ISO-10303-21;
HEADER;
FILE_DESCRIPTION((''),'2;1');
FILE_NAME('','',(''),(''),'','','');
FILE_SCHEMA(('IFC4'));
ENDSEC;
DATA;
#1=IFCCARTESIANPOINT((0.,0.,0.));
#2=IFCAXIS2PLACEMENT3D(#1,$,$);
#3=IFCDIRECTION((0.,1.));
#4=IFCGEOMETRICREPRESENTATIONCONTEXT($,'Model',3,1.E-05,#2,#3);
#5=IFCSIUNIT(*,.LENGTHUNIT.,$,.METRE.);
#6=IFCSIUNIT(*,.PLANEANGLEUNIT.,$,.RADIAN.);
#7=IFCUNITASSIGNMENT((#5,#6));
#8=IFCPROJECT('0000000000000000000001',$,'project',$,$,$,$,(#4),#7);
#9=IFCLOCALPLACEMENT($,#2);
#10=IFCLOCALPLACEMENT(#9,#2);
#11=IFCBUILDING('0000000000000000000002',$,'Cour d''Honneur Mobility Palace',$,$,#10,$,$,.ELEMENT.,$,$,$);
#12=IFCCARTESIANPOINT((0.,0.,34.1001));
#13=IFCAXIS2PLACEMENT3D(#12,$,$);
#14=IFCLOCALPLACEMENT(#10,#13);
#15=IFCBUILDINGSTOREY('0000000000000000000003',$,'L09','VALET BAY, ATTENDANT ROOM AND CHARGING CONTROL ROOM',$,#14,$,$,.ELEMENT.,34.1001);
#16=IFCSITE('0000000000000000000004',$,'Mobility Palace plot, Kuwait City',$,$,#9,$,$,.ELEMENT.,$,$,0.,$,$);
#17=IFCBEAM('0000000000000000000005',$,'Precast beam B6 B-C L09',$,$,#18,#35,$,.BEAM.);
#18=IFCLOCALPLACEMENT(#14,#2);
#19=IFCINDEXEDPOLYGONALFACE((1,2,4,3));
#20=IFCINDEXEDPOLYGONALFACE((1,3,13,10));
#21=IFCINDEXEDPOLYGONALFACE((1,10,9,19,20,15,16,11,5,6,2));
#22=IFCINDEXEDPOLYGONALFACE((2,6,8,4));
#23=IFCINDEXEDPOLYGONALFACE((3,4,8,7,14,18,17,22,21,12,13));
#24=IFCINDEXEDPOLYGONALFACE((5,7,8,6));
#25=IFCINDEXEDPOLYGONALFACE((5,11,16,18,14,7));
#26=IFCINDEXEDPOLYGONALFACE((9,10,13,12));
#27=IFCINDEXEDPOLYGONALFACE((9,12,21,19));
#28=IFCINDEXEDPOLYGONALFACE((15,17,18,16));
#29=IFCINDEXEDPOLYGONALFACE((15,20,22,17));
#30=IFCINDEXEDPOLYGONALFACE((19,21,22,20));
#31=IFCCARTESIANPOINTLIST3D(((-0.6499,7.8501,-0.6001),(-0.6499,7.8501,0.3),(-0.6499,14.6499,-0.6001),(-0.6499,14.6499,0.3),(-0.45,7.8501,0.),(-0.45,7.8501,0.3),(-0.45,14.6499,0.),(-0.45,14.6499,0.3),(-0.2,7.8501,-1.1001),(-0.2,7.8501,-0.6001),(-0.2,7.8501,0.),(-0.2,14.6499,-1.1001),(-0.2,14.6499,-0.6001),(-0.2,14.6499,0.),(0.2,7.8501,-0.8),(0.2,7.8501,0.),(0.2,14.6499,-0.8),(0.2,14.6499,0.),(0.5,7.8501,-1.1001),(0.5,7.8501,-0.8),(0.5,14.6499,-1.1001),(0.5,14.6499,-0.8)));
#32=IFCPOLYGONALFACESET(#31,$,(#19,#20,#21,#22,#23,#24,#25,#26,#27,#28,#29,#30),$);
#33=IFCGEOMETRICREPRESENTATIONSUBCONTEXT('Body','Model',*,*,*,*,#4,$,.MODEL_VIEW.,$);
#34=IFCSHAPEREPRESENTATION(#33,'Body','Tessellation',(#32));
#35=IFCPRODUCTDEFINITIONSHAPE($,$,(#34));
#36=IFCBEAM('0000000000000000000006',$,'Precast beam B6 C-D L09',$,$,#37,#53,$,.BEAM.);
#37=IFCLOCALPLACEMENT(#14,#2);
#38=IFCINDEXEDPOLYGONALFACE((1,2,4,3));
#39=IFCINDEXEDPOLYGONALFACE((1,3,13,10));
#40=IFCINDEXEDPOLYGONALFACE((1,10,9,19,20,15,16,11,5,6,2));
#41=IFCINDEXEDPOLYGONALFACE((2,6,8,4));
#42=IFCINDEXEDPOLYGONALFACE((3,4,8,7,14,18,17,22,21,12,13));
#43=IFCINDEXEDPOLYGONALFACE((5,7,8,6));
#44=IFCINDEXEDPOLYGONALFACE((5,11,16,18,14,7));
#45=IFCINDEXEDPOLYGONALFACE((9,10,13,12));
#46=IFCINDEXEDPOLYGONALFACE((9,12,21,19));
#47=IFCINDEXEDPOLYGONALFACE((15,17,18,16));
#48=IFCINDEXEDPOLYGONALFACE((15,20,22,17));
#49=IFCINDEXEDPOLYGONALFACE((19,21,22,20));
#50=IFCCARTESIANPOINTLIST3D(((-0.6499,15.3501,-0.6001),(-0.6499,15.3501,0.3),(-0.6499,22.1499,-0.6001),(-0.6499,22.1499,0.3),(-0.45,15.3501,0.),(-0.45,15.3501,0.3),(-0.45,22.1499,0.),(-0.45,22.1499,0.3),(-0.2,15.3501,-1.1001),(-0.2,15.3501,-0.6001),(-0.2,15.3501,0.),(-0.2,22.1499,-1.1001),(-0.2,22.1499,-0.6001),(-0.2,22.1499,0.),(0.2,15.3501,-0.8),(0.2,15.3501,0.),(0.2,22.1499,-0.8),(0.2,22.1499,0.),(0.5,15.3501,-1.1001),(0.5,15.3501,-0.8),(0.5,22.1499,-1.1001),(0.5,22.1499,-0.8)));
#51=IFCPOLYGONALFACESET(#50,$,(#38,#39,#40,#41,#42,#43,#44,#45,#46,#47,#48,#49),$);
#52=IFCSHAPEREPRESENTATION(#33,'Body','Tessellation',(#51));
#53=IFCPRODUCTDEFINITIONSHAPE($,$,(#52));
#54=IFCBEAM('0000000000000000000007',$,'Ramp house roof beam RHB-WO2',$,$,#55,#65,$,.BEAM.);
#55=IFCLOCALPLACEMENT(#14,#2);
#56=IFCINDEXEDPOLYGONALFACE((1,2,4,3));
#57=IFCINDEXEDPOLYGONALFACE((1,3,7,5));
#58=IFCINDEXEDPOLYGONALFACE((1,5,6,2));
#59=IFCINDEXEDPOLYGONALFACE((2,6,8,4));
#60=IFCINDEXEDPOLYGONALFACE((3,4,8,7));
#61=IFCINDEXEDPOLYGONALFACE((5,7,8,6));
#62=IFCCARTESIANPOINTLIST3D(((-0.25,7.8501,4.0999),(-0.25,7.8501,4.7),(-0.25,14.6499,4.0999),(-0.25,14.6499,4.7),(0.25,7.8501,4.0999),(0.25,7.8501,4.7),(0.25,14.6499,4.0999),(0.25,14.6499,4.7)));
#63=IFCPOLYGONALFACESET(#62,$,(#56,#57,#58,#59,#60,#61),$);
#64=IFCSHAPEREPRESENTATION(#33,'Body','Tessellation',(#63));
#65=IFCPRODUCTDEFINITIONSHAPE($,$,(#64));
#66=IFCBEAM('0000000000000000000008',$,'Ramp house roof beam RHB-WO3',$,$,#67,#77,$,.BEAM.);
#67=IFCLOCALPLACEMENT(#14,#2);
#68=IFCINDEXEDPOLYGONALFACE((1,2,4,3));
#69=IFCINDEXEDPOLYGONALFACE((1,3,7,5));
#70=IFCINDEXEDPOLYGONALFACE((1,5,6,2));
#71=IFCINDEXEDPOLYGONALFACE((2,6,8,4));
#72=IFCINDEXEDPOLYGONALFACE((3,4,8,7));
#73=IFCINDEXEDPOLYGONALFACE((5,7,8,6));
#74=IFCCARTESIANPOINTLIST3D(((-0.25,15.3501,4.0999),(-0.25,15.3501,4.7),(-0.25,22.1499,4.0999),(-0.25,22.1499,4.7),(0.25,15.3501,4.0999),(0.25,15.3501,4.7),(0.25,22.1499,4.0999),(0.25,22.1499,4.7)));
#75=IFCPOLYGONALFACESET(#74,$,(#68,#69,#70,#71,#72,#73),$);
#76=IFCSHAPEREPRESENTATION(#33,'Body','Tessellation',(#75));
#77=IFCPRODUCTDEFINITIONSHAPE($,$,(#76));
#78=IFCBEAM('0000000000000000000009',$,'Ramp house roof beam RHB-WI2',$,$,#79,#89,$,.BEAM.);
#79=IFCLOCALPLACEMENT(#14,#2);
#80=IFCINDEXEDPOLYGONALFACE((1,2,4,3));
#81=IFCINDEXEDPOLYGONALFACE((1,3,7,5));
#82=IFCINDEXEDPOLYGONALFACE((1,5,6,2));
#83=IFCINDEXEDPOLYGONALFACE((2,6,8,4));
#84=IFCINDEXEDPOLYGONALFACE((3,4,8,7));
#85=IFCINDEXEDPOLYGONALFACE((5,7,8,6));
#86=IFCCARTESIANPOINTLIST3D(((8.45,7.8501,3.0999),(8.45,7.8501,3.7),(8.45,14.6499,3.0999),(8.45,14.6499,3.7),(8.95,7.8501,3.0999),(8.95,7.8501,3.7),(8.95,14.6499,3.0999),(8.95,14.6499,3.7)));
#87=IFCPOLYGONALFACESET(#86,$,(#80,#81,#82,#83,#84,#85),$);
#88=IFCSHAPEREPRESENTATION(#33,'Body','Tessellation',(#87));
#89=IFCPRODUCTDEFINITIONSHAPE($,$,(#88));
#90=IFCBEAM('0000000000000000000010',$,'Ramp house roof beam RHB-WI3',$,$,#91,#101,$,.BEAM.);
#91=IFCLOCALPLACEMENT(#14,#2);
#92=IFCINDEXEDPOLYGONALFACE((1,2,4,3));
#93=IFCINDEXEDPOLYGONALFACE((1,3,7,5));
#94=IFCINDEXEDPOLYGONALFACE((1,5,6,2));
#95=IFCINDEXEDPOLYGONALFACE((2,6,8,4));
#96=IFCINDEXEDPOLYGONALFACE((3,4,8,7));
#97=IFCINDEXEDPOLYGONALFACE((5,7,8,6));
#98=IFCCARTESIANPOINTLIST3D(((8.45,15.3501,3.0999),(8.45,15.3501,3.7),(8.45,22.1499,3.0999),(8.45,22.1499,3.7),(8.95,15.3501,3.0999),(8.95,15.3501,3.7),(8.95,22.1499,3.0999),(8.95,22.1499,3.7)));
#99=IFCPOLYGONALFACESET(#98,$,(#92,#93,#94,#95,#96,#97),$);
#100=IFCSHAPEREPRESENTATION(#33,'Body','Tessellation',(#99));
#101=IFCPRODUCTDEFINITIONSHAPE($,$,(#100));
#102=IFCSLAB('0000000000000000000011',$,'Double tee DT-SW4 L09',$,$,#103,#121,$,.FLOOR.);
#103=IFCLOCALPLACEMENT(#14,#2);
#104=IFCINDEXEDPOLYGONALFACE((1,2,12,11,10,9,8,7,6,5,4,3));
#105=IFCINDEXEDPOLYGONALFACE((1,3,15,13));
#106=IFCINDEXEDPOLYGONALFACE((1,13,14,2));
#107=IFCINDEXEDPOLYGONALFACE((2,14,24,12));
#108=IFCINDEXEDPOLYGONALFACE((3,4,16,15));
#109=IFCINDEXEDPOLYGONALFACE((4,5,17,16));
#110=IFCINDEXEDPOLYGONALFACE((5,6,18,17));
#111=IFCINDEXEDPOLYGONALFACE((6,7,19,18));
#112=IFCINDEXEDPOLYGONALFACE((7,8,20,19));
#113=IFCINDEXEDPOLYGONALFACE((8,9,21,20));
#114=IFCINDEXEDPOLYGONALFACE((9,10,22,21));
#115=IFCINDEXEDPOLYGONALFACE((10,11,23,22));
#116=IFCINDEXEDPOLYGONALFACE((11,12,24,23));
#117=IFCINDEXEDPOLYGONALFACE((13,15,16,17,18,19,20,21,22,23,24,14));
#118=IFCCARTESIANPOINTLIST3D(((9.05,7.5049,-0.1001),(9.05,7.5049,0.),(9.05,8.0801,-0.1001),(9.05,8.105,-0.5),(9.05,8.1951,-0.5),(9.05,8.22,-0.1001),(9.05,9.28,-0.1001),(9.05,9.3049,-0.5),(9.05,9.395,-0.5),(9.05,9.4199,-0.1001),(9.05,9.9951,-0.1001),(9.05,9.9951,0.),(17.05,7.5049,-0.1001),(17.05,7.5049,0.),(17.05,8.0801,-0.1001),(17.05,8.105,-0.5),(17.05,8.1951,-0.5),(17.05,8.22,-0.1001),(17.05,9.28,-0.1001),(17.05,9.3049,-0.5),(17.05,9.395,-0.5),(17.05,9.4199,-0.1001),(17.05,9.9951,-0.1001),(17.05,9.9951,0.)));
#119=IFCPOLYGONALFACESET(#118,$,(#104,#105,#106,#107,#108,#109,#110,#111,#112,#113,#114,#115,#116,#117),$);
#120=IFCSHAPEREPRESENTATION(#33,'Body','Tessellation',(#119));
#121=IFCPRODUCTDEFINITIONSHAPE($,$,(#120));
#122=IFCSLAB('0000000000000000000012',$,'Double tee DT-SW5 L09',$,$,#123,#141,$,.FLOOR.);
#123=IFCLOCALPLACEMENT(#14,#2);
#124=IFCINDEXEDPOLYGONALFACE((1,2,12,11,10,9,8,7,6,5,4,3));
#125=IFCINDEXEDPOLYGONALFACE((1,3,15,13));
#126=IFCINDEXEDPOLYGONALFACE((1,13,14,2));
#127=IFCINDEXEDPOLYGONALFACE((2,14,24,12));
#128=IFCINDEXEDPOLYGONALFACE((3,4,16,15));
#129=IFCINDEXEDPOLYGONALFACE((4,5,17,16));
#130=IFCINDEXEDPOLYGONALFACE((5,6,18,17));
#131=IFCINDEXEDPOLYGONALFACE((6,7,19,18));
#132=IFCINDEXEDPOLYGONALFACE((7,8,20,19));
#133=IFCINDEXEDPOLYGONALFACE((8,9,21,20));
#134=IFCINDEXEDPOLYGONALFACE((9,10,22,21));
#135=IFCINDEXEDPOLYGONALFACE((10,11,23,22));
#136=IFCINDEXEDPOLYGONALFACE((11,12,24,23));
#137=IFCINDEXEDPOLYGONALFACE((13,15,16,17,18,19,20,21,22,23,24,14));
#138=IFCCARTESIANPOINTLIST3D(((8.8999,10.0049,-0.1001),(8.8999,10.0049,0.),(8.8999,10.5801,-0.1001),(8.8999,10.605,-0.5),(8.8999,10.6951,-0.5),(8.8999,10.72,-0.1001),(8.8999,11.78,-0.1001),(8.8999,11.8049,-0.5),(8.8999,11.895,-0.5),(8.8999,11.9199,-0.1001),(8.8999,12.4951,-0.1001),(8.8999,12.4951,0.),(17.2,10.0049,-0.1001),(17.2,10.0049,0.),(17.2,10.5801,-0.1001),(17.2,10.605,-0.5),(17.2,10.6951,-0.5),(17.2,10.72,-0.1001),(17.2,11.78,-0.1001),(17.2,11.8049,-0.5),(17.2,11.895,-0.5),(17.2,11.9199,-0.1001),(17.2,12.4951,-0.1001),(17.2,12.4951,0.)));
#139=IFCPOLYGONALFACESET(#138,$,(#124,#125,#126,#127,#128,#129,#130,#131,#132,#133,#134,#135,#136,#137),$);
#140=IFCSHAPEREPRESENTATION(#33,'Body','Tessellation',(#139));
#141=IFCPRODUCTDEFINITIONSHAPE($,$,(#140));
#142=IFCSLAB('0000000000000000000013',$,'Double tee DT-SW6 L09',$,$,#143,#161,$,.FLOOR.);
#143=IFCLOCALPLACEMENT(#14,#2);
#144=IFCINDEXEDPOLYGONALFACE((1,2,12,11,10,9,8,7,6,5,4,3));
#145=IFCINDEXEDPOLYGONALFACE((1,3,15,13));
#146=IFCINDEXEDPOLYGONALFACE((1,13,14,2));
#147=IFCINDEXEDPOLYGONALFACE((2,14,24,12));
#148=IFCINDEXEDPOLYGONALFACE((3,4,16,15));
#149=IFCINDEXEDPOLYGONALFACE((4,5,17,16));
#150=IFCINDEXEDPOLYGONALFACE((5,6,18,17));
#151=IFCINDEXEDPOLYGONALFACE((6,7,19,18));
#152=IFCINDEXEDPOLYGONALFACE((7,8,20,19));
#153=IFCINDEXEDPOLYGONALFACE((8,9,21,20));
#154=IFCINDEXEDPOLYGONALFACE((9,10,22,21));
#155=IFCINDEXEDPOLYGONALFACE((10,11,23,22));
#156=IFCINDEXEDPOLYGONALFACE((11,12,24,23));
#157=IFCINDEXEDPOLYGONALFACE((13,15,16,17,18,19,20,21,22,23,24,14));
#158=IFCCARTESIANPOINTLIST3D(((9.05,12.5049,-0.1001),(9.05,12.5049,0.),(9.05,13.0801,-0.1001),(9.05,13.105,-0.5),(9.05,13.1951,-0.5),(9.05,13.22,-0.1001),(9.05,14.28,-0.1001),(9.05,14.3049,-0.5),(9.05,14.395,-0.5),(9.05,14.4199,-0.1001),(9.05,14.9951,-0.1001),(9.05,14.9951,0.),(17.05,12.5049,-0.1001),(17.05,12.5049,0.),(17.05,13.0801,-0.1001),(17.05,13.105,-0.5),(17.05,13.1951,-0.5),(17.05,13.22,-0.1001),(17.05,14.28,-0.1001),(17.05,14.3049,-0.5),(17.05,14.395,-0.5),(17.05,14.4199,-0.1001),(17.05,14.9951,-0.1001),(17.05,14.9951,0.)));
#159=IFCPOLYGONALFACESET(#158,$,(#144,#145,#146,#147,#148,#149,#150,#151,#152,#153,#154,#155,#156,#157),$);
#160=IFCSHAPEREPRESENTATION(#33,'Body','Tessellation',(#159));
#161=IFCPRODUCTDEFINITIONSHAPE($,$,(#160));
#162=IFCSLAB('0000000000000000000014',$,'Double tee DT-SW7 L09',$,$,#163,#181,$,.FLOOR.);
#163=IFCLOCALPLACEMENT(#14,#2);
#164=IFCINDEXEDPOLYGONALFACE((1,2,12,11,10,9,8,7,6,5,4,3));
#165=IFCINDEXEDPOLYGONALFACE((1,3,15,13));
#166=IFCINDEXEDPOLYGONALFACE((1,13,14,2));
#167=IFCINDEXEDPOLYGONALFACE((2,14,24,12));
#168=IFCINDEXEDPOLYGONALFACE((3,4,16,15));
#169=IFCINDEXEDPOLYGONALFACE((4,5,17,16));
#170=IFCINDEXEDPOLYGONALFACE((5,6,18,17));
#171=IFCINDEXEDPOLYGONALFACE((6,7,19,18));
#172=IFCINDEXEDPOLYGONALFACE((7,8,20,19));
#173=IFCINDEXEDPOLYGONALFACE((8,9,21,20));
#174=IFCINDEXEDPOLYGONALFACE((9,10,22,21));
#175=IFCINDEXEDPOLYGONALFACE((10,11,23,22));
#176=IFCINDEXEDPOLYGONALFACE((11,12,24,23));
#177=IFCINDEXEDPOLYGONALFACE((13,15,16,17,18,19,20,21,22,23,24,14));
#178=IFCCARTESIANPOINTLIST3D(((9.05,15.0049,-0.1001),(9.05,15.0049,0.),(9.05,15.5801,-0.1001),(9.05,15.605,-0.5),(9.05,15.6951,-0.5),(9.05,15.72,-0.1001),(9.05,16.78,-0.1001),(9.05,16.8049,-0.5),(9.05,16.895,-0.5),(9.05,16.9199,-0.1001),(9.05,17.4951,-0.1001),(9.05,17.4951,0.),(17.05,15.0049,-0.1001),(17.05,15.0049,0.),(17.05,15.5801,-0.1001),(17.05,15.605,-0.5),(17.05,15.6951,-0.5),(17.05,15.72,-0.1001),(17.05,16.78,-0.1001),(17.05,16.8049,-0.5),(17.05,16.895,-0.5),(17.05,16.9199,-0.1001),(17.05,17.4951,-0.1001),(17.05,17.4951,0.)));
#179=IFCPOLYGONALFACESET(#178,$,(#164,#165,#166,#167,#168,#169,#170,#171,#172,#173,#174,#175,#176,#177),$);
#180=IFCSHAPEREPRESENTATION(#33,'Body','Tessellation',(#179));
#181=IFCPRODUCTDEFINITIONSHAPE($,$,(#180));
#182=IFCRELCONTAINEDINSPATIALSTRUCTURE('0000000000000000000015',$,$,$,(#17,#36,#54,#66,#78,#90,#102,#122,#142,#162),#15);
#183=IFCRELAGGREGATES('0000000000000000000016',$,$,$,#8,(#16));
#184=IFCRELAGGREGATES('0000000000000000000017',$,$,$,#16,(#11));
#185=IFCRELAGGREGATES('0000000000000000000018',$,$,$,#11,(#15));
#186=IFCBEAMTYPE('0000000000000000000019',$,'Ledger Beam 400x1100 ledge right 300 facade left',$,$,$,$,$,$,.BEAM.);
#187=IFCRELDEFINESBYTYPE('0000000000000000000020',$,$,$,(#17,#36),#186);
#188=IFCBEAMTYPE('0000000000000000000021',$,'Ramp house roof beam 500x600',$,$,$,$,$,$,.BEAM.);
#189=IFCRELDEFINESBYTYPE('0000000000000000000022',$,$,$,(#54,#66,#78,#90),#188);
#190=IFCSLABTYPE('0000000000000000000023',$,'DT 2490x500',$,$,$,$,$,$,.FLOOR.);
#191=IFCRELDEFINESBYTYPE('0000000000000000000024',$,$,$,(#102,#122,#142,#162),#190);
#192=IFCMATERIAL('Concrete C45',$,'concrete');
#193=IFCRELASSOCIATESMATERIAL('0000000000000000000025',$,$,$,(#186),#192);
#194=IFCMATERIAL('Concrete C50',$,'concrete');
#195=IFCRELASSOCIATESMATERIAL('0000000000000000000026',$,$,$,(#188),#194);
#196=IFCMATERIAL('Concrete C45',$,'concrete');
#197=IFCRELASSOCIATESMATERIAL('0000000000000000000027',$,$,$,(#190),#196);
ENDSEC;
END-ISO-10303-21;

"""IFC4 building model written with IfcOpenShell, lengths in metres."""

from ifc_helpers import new_model, si_unit, direction, frame, origin, origin_2d, place, context, subcontext, project, spatial, polyline, rectangle, outline, extrude, material, material_profile, profile_set, type_object, element, save


model = new_model("IFC4")

# Units and contexts
model_context = context("Model", 3, precision=1e-05, world=origin(), true_north=direction((0.0, 1.0)))
body_context = subcontext(model_context, "Body", "Model", "MODEL_VIEW")
ifc_project = project(units=[si_unit("LENGTHUNIT", "METRE"), si_unit("PLANEANGLEUNIT", "RADIAN")], contexts=[model_context])

# Site, building, storey
site_placement = place(None, origin())
site = spatial("IfcSite", under=ifc_project, at=site_placement, Name="Mobility Palace plot, Kuwait City", CompositionType="ELEMENT", RefElevation=0.0)
building_placement = place(site_placement, origin())
building = spatial("IfcBuilding", under=site, at=building_placement, Name="Cour d'Honneur Mobility Palace", CompositionType="ELEMENT")
storey_placement = place(building_placement, frame((0.0, 0.0, 34.1001)))
storey = spatial("IfcBuildingStorey", under=building, at=storey_placement, Name="L09", Description="VALET BAY, ATTENDANT ROOM AND CHARGING CONTROL ROOM", CompositionType="ELEMENT", Elevation=34.1001)

# Beams
ifc_material_1 = material(Name="Concrete C45", Category="concrete")
ifc_material_profile_1 = material_profile(ifc_material_1, outline(polyline([(0.2, -1.1001), (0.2, -0.6001), (0.6499, -0.6001), (0.6499, 0.3), (0.45, 0.3), (0.45, 0.0), (0.2, 0.0), (-0.2, 0.0), (-0.2, -0.8), (-0.5, -0.8), (-0.5, -1.1001), (0.2, -1.1001)])), Name="Ledger Beam 400x1100 ledge right 300 facade left")
ifc_profile_set_1 = profile_set([ifc_material_profile_1], Name="Concrete C45")
beam_type_1 = type_object("IfcBeamType", Name="Ledger Beam 400x1100 ledge right 300 facade left", PredefinedType="BEAM", material=ifc_profile_set_1)
for number, where, z_axis, x_axis, name in (
    (1, (0.0, 7.8501, 0.0), (0.0, 1.0, 0.0), (-1.0, 0.0, 0.0), "Precast beam B6 B-C L09"),
    (2, (0.0, 15.3501, 0.0), (0.0, 1.0, 0.0), (-1.0, 0.0, 0.0), "Precast beam B6 C-D L09"),
):
    element("IfcBeam", number, at=place(storey_placement, frame(where, z_axis=z_axis, x_axis=x_axis)), inside=storey, type_object=beam_type_1, Name=name, PredefinedType="BEAM", context=body_context, shape_type="SweptSolid", body=[
        extrude(outline(polyline([(0.2, -1.1001), (0.2, -0.6001), (0.6499, -0.6001), (0.6499, 0.3), (0.45, 0.3), (0.45, 0.0), (0.2, 0.0), (-0.2, 0.0), (-0.2, -0.8), (-0.5, -0.8), (-0.5, -1.1001), (0.2, -1.1001)])), origin(), (0.0, 0.0, 1.0), 6.7998),
    ])
ifc_material_2 = material(Name="Concrete C50", Category="concrete")
ifc_material_profile_2 = material_profile(ifc_material_2, rectangle(XDim=0.5, YDim=0.6001, at=origin_2d()), Name="Ramp house roof beam 500x600")
ifc_profile_set_2 = profile_set([ifc_material_profile_2], Name="Concrete C50")
beam_type_2 = type_object("IfcBeamType", Name="Ramp house roof beam 500x600", PredefinedType="BEAM", material=ifc_profile_set_2)
for number, where, z_axis, x_axis, name in (
    (3, (0.0, 7.8501, 4.3999), (0.0, 1.0, 0.0), (-1.0, 0.0, 0.0), "Ramp house roof beam RHB-WO2"),
    (4, (0.0, 15.3501, 4.3999), (0.0, 1.0, 0.0), (-1.0, 0.0, 0.0), "Ramp house roof beam RHB-WO3"),
    (5, (8.7, 7.8501, 3.3999), (0.0, 1.0, 0.0), (-1.0, 0.0, 0.0), "Ramp house roof beam RHB-WI2"),
    (6, (8.7, 15.3501, 3.3999), (0.0, 1.0, 0.0), (-1.0, 0.0, 0.0), "Ramp house roof beam RHB-WI3"),
):
    element("IfcBeam", number, at=place(storey_placement, frame(where, z_axis=z_axis, x_axis=x_axis)), inside=storey, type_object=beam_type_2, Name=name, PredefinedType="BEAM", context=body_context, shape_type="SweptSolid", body=[
        extrude(rectangle(XDim=0.5, YDim=0.6001, at=origin_2d()), origin(), (0.0, 0.0, 1.0), 6.7998),
    ])

# Slabs
ifc_material_3 = material(Name="Concrete C45", Category="concrete")
ifc_material_profile_3 = material_profile(ifc_material_3, outline(polyline([(-1.2451, 0.0), (1.2451, 0.0), (1.2451, -0.1001), (0.6699, -0.1001), (0.645, -0.5), (0.5549, -0.5), (0.53, -0.1001), (-0.53, -0.1001), (-0.5549, -0.5), (-0.645, -0.5), (-0.6699, -0.1001), (-1.2451, -0.1001), (-1.2451, 0.0)])), Name="DT 2490x500")
ifc_profile_set_3 = profile_set([ifc_material_profile_3], Name="Concrete C45")
slab_type = type_object("IfcSlabType", Name="DT 2490x500", PredefinedType="FLOOR", material=ifc_profile_set_3)
slab_1_placement = place(storey_placement, frame((9.05, 8.75, 0.0), z_axis=(1.0, 0.0, 0.0), x_axis=(0.0, 1.0, 0.0)))
element("IfcSlab", 7, at=slab_1_placement, inside=storey, type_object=slab_type, Name="Double tee DT-SW4 L09", PredefinedType="FLOOR", context=body_context, shape_type="SweptSolid", body=[
    extrude(outline(polyline([(-1.2451, 0.0), (1.2451, 0.0), (1.2451, -0.1001), (0.6699, -0.1001), (0.645, -0.5), (0.5549, -0.5), (0.53, -0.1001), (-0.53, -0.1001), (-0.5549, -0.5), (-0.645, -0.5), (-0.6699, -0.1001), (-1.2451, -0.1001), (-1.2451, 0.0)])), origin(), (0.0, 0.0, 1.0), 8.0),
])
slab_2_placement = place(storey_placement, frame((8.8999, 11.25, 0.0), z_axis=(1.0, 0.0, 0.0), x_axis=(0.0, 1.0, 0.0)))
element("IfcSlab", 8, at=slab_2_placement, inside=storey, type_object=slab_type, Name="Double tee DT-SW5 L09", PredefinedType="FLOOR", context=body_context, shape_type="SweptSolid", body=[
    extrude(outline(polyline([(-1.2451, 0.0), (1.2451, 0.0), (1.2451, -0.1001), (0.6699, -0.1001), (0.645, -0.5), (0.5549, -0.5), (0.53, -0.1001), (-0.53, -0.1001), (-0.5549, -0.5), (-0.645, -0.5), (-0.6699, -0.1001), (-1.2451, -0.1001), (-1.2451, 0.0)])), origin(), (0.0, 0.0, 1.0), 8.3),
])
for number, where, z_axis, x_axis, name in (
    (9, (9.05, 13.75, 0.0), (1.0, 0.0, 0.0), (0.0, 1.0, 0.0), "Double tee DT-SW6 L09"),
    (10, (9.05, 16.25, 0.0), (1.0, 0.0, 0.0), (0.0, 1.0, 0.0), "Double tee DT-SW7 L09"),
):
    element("IfcSlab", number, at=place(storey_placement, frame(where, z_axis=z_axis, x_axis=x_axis)), inside=storey, type_object=slab_type, Name=name, PredefinedType="FLOOR", context=body_context, shape_type="SweptSolid", body=[
        extrude(outline(polyline([(-1.2451, 0.0), (1.2451, 0.0), (1.2451, -0.1001), (0.6699, -0.1001), (0.645, -0.5), (0.5549, -0.5), (0.53, -0.1001), (-0.53, -0.1001), (-0.5549, -0.5), (-0.645, -0.5), (-0.6699, -0.1001), (-1.2451, -0.1001), (-1.2451, 0.0)])), origin(), (0.0, 0.0, 1.0), 8.0),
    ])

save(model, "model.ifc")
